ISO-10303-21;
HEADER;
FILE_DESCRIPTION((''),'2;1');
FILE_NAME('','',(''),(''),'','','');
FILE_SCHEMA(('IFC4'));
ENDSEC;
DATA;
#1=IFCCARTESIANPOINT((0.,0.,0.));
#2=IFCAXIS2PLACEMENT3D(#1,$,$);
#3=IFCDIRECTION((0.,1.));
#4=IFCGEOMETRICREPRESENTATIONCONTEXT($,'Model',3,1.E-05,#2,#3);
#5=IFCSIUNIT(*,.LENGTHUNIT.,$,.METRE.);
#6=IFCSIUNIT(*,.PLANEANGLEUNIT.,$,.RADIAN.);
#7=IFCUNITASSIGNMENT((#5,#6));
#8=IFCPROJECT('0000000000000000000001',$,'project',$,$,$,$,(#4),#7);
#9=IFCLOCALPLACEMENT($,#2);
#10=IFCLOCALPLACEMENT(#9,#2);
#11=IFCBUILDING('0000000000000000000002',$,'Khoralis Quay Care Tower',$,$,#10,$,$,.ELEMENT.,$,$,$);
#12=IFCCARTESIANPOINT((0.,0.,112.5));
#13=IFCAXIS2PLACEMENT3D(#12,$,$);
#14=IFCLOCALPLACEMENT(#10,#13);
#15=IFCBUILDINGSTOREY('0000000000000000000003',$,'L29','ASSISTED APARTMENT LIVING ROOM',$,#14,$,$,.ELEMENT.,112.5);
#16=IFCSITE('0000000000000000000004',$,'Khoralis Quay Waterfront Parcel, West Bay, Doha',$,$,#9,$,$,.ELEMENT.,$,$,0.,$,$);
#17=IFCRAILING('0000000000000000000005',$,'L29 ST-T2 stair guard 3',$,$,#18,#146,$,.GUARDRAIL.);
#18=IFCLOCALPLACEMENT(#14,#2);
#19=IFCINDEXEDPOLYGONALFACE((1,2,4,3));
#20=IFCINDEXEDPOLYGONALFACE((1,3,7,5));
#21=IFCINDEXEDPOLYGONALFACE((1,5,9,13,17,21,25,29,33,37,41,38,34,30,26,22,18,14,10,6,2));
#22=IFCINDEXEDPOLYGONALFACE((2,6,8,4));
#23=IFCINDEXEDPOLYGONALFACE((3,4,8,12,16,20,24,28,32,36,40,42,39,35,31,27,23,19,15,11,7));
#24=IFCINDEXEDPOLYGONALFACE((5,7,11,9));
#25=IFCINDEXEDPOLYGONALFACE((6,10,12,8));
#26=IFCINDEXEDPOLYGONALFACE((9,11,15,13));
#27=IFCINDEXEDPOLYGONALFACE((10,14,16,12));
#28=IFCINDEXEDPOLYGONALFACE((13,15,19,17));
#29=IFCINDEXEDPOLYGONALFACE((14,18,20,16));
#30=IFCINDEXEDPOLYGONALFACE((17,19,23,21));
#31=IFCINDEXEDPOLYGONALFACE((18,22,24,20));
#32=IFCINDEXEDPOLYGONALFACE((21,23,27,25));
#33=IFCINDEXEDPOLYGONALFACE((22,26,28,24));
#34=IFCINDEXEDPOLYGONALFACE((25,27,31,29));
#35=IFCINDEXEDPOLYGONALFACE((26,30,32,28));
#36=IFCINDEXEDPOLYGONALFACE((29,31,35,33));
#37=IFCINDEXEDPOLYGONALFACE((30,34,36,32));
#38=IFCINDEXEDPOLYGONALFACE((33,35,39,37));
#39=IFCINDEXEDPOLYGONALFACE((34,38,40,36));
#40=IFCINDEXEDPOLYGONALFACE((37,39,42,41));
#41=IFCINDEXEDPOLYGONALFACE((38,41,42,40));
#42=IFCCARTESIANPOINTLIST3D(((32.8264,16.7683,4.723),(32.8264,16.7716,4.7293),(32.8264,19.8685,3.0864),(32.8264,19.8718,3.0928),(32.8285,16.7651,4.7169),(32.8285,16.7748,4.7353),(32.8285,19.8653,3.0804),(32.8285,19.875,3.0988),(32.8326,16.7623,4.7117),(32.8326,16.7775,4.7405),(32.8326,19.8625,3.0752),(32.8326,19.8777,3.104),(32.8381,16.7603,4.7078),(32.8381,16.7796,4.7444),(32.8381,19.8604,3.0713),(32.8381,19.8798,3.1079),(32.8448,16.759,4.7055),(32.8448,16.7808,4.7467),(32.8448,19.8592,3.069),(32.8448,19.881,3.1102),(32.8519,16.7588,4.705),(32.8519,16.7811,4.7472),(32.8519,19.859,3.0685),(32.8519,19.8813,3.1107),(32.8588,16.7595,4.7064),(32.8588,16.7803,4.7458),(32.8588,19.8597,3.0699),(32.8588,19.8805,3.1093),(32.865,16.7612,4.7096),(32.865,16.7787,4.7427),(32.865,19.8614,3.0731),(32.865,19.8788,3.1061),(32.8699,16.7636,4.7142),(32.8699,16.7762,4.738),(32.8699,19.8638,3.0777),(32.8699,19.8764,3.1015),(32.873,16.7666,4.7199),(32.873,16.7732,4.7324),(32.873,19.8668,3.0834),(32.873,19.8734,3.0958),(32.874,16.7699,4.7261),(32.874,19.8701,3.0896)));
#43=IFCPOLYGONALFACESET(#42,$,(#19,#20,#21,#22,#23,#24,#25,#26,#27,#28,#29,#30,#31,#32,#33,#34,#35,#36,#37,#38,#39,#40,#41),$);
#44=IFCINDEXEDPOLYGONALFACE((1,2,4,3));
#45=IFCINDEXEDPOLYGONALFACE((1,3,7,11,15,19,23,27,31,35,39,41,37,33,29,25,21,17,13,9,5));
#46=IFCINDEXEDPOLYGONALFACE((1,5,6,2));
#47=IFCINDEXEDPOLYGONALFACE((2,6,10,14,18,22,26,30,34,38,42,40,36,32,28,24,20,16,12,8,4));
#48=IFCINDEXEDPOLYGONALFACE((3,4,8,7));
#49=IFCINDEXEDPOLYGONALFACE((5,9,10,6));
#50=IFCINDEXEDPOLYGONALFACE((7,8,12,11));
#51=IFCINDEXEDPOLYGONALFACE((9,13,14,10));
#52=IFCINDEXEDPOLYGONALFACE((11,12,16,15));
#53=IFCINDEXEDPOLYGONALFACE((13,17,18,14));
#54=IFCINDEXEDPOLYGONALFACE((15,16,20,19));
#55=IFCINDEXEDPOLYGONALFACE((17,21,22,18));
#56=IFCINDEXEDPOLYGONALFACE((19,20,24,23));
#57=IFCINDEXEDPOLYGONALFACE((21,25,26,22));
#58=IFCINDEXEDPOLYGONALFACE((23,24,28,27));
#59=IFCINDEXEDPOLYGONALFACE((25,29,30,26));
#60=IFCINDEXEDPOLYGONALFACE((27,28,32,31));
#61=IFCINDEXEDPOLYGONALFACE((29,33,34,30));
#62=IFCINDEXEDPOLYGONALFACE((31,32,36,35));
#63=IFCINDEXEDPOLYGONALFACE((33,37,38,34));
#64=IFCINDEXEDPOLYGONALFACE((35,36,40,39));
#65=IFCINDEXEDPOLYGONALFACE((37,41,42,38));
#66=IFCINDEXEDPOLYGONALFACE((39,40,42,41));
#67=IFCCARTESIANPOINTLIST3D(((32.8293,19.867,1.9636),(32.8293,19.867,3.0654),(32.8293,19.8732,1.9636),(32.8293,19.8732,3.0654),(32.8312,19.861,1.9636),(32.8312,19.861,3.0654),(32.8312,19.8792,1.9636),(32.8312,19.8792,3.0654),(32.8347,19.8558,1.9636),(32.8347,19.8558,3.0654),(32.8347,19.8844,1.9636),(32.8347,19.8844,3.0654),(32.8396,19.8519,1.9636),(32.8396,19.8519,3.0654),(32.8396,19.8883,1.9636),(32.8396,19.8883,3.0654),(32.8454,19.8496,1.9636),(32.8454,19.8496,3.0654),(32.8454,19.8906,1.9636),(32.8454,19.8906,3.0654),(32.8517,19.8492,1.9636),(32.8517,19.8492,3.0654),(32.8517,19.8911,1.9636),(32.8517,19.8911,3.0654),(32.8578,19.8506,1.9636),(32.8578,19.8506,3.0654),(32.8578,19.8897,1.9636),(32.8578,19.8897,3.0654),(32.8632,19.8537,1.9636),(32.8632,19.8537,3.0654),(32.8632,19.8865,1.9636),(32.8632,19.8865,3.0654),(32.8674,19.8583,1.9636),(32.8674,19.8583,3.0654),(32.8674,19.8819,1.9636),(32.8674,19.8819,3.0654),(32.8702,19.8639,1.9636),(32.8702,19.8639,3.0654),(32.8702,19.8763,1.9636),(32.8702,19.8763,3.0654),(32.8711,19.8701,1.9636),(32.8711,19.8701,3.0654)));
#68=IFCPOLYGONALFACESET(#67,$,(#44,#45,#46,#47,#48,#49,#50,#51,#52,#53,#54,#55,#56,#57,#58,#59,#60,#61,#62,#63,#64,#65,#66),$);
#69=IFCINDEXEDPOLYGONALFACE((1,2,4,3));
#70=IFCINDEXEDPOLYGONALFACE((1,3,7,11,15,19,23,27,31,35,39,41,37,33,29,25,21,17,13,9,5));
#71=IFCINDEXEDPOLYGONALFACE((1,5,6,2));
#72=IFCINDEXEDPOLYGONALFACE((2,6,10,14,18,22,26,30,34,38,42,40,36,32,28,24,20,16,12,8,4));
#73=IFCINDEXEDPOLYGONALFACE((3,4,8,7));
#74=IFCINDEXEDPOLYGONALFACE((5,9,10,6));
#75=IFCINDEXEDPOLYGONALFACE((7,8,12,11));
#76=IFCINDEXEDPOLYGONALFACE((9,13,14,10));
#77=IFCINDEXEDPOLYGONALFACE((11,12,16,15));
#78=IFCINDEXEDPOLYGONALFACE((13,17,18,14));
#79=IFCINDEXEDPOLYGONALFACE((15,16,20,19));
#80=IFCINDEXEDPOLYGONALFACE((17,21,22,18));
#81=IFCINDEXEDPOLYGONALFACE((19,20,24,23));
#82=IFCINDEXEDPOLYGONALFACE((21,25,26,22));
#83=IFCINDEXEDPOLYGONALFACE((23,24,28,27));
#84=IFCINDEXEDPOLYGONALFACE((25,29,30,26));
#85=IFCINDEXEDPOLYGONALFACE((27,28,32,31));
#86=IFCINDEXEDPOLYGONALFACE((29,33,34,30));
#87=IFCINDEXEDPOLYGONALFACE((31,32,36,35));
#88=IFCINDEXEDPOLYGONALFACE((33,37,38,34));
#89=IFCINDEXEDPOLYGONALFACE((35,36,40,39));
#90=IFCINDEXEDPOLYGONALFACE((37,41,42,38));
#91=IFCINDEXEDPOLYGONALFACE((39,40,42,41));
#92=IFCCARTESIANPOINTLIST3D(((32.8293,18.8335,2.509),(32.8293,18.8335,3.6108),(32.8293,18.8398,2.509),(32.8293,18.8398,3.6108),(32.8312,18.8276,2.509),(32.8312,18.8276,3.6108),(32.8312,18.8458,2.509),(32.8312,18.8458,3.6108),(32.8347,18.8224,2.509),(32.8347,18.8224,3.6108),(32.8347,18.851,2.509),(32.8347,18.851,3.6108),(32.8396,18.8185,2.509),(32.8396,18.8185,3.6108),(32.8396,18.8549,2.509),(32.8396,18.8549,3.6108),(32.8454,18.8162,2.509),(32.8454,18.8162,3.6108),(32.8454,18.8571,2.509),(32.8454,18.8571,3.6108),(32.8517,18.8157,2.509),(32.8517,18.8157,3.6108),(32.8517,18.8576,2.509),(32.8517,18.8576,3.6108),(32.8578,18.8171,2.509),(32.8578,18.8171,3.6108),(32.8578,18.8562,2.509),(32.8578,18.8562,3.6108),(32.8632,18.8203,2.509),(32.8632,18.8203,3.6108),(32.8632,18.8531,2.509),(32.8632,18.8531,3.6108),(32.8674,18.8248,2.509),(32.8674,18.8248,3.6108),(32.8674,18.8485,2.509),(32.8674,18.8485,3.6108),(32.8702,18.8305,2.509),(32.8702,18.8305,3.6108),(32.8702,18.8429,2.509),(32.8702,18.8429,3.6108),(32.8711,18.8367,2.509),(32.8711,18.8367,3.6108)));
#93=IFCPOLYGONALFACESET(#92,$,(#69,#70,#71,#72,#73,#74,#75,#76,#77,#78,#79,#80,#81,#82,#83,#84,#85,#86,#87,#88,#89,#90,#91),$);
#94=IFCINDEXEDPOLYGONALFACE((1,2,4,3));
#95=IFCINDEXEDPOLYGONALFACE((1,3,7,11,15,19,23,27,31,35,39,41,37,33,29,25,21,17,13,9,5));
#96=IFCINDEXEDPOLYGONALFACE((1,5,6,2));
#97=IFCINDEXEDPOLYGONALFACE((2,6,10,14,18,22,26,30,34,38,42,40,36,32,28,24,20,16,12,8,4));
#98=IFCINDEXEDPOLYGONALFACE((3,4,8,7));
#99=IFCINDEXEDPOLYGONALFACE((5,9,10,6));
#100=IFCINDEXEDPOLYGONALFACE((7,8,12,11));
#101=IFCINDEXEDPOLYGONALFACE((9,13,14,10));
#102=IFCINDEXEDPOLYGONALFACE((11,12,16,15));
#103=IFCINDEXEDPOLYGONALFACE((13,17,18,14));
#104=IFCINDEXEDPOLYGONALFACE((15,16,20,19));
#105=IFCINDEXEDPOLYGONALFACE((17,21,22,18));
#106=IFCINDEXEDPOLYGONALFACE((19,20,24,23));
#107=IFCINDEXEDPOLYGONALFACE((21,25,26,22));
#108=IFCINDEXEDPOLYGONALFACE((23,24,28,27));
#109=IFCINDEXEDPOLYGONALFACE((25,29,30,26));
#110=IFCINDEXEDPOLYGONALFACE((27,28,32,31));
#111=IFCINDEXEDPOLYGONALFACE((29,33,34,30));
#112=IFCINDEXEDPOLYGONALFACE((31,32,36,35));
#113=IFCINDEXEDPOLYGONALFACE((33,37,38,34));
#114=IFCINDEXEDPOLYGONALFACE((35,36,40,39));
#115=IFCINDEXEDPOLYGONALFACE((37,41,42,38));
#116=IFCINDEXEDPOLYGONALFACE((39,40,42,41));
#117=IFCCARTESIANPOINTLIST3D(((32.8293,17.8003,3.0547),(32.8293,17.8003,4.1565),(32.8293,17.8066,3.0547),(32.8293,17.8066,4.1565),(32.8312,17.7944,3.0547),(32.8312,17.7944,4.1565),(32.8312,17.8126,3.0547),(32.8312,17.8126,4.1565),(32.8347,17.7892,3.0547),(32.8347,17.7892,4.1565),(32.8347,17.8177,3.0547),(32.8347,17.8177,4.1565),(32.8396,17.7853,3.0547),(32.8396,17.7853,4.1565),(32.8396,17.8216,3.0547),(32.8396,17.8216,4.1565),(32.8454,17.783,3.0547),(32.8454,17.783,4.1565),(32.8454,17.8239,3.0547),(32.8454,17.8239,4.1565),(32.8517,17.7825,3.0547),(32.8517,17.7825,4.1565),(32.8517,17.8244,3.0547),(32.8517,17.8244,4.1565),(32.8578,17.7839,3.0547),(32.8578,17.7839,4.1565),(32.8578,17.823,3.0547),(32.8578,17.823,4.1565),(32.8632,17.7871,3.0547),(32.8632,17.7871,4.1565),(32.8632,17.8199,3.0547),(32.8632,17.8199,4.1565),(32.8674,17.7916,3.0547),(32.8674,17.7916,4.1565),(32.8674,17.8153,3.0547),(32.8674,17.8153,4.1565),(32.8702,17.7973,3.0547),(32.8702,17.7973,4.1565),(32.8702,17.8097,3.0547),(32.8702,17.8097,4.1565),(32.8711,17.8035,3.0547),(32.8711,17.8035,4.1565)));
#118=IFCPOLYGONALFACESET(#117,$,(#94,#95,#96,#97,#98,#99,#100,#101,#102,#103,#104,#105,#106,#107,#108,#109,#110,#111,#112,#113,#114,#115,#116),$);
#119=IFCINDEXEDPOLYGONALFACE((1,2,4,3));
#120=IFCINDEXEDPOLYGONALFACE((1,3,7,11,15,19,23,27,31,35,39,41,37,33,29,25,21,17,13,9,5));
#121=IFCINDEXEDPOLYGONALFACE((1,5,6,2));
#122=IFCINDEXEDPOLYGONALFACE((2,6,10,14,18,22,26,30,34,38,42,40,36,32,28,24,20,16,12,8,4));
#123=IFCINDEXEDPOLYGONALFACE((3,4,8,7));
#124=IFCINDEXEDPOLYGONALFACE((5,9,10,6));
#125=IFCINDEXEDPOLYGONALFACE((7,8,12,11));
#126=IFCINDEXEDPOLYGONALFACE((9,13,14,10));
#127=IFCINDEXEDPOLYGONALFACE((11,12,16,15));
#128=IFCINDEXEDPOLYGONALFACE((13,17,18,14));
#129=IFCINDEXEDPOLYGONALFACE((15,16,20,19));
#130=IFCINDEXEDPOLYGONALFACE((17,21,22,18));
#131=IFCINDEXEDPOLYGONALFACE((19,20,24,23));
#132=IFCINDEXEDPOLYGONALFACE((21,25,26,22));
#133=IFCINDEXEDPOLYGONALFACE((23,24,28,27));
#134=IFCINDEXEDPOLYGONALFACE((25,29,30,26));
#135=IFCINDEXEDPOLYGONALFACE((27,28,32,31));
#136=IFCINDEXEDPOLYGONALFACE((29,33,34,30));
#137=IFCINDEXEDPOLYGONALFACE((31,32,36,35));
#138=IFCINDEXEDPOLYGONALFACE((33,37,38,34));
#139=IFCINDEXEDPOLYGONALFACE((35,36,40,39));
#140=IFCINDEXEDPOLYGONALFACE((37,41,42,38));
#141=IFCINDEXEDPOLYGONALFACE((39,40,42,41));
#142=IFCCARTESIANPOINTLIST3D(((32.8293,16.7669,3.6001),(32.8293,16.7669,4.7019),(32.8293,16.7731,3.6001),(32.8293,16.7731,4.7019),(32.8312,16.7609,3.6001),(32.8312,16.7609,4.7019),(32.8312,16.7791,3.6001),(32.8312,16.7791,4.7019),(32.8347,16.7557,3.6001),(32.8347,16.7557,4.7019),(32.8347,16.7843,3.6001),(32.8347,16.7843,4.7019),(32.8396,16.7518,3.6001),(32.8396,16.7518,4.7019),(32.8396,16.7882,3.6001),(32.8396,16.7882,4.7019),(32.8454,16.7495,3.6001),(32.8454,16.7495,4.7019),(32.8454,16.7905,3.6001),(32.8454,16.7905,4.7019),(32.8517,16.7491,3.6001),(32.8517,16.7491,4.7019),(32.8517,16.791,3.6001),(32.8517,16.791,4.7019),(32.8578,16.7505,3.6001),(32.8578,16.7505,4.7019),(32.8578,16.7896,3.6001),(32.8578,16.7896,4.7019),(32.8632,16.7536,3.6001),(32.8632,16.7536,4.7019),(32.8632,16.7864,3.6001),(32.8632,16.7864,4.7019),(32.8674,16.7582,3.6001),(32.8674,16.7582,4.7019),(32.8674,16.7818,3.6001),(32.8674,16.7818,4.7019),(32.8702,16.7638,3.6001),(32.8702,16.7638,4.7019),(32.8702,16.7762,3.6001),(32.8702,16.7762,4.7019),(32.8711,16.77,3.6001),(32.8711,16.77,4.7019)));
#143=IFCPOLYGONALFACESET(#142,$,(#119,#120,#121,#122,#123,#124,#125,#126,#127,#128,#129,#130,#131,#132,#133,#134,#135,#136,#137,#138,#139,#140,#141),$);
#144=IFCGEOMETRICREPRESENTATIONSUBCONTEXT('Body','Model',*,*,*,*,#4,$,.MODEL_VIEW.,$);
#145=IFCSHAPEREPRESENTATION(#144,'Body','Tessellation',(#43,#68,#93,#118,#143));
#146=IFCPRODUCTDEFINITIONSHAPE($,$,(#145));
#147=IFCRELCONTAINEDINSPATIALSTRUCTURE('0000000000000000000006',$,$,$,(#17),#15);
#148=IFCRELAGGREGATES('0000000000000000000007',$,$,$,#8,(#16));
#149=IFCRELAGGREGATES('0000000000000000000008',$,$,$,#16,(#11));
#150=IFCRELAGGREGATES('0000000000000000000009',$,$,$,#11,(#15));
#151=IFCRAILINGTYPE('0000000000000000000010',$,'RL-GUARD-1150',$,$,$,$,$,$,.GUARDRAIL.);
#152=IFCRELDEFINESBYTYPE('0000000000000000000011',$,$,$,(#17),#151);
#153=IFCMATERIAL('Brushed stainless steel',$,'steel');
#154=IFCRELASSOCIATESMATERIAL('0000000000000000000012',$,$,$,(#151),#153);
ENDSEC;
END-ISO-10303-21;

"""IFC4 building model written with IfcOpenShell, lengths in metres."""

from ifc_helpers import new_model, si_unit, direction, frame, origin, origin_2d, place, context, subcontext, project, spatial, circle, extrude, material, type_object, element, save


model = new_model("IFC4")

# Units and contexts
model_context = context("Model", 3, precision=1e-05, world=origin(), true_north=direction((0.0, 1.0)))
body_context = subcontext(model_context, "Body", "Model", "MODEL_VIEW")
ifc_project = project(units=[si_unit("LENGTHUNIT", "METRE"), si_unit("PLANEANGLEUNIT", "RADIAN")], contexts=[model_context])

# Site, building, storey
site_placement = place(None, origin())
site = spatial("IfcSite", under=ifc_project, at=site_placement, Name="Khoralis Quay Waterfront Parcel, West Bay, Doha", CompositionType="ELEMENT", RefElevation=0.0)
building_placement = place(site_placement, origin())
building = spatial("IfcBuilding", under=site, at=building_placement, Name="Khoralis Quay Care Tower", CompositionType="ELEMENT")
storey_placement = place(building_placement, frame((0.0, 0.0, 112.5)))
storey = spatial("IfcBuildingStorey", under=building, at=storey_placement, Name="L29", Description="ASSISTED APARTMENT LIVING ROOM", CompositionType="ELEMENT", Elevation=112.5)

# Shared definitions
ifc_material_1 = material(Name="Brushed stainless steel", Category="steel")

# Railing
railing_type_1 = type_object("IfcRailingType", Name="RL-GUARD-1150", PredefinedType="GUARDRAIL", material=ifc_material_1)
railing_1_placement = place(storey_placement, frame((32.8501, 19.8701, 1.9636)))
element("IfcRailing", 1, at=railing_1_placement, inside=storey, type_object=railing_type_1, Name="L29 ST-T2 stair guard 3", PredefinedType="GUARDRAIL", context=body_context, shape_type="SweptSolid", body=[
    extrude(circle(Radius=0.0239, at=origin_2d()), frame((0.0, 0.0, 1.126), z_axis=(0.0, -0.884348, 0.466828), x_axis=(1.0, 0.0, 0.0)), (0.0, 0.0, 1.0), 3.5056),
    extrude(circle(Radius=0.021, at=origin_2d()), origin(), (0.0, 0.0, 1.0), 1.1018),
    extrude(circle(Radius=0.021, at=origin_2d()), frame((0.0, -1.0334, 0.5454)), (0.0, 0.0, 1.0), 1.1018),
    extrude(circle(Radius=0.021, at=origin_2d()), frame((0.0, -2.0667, 1.0911)), (0.0, 0.0, 1.0), 1.1018),
    extrude(circle(Radius=0.021, at=origin_2d()), frame((0.0, -3.1001, 1.6365)), (0.0, 0.0, 1.0), 1.1018),
])

save(model, "model.ifc")
